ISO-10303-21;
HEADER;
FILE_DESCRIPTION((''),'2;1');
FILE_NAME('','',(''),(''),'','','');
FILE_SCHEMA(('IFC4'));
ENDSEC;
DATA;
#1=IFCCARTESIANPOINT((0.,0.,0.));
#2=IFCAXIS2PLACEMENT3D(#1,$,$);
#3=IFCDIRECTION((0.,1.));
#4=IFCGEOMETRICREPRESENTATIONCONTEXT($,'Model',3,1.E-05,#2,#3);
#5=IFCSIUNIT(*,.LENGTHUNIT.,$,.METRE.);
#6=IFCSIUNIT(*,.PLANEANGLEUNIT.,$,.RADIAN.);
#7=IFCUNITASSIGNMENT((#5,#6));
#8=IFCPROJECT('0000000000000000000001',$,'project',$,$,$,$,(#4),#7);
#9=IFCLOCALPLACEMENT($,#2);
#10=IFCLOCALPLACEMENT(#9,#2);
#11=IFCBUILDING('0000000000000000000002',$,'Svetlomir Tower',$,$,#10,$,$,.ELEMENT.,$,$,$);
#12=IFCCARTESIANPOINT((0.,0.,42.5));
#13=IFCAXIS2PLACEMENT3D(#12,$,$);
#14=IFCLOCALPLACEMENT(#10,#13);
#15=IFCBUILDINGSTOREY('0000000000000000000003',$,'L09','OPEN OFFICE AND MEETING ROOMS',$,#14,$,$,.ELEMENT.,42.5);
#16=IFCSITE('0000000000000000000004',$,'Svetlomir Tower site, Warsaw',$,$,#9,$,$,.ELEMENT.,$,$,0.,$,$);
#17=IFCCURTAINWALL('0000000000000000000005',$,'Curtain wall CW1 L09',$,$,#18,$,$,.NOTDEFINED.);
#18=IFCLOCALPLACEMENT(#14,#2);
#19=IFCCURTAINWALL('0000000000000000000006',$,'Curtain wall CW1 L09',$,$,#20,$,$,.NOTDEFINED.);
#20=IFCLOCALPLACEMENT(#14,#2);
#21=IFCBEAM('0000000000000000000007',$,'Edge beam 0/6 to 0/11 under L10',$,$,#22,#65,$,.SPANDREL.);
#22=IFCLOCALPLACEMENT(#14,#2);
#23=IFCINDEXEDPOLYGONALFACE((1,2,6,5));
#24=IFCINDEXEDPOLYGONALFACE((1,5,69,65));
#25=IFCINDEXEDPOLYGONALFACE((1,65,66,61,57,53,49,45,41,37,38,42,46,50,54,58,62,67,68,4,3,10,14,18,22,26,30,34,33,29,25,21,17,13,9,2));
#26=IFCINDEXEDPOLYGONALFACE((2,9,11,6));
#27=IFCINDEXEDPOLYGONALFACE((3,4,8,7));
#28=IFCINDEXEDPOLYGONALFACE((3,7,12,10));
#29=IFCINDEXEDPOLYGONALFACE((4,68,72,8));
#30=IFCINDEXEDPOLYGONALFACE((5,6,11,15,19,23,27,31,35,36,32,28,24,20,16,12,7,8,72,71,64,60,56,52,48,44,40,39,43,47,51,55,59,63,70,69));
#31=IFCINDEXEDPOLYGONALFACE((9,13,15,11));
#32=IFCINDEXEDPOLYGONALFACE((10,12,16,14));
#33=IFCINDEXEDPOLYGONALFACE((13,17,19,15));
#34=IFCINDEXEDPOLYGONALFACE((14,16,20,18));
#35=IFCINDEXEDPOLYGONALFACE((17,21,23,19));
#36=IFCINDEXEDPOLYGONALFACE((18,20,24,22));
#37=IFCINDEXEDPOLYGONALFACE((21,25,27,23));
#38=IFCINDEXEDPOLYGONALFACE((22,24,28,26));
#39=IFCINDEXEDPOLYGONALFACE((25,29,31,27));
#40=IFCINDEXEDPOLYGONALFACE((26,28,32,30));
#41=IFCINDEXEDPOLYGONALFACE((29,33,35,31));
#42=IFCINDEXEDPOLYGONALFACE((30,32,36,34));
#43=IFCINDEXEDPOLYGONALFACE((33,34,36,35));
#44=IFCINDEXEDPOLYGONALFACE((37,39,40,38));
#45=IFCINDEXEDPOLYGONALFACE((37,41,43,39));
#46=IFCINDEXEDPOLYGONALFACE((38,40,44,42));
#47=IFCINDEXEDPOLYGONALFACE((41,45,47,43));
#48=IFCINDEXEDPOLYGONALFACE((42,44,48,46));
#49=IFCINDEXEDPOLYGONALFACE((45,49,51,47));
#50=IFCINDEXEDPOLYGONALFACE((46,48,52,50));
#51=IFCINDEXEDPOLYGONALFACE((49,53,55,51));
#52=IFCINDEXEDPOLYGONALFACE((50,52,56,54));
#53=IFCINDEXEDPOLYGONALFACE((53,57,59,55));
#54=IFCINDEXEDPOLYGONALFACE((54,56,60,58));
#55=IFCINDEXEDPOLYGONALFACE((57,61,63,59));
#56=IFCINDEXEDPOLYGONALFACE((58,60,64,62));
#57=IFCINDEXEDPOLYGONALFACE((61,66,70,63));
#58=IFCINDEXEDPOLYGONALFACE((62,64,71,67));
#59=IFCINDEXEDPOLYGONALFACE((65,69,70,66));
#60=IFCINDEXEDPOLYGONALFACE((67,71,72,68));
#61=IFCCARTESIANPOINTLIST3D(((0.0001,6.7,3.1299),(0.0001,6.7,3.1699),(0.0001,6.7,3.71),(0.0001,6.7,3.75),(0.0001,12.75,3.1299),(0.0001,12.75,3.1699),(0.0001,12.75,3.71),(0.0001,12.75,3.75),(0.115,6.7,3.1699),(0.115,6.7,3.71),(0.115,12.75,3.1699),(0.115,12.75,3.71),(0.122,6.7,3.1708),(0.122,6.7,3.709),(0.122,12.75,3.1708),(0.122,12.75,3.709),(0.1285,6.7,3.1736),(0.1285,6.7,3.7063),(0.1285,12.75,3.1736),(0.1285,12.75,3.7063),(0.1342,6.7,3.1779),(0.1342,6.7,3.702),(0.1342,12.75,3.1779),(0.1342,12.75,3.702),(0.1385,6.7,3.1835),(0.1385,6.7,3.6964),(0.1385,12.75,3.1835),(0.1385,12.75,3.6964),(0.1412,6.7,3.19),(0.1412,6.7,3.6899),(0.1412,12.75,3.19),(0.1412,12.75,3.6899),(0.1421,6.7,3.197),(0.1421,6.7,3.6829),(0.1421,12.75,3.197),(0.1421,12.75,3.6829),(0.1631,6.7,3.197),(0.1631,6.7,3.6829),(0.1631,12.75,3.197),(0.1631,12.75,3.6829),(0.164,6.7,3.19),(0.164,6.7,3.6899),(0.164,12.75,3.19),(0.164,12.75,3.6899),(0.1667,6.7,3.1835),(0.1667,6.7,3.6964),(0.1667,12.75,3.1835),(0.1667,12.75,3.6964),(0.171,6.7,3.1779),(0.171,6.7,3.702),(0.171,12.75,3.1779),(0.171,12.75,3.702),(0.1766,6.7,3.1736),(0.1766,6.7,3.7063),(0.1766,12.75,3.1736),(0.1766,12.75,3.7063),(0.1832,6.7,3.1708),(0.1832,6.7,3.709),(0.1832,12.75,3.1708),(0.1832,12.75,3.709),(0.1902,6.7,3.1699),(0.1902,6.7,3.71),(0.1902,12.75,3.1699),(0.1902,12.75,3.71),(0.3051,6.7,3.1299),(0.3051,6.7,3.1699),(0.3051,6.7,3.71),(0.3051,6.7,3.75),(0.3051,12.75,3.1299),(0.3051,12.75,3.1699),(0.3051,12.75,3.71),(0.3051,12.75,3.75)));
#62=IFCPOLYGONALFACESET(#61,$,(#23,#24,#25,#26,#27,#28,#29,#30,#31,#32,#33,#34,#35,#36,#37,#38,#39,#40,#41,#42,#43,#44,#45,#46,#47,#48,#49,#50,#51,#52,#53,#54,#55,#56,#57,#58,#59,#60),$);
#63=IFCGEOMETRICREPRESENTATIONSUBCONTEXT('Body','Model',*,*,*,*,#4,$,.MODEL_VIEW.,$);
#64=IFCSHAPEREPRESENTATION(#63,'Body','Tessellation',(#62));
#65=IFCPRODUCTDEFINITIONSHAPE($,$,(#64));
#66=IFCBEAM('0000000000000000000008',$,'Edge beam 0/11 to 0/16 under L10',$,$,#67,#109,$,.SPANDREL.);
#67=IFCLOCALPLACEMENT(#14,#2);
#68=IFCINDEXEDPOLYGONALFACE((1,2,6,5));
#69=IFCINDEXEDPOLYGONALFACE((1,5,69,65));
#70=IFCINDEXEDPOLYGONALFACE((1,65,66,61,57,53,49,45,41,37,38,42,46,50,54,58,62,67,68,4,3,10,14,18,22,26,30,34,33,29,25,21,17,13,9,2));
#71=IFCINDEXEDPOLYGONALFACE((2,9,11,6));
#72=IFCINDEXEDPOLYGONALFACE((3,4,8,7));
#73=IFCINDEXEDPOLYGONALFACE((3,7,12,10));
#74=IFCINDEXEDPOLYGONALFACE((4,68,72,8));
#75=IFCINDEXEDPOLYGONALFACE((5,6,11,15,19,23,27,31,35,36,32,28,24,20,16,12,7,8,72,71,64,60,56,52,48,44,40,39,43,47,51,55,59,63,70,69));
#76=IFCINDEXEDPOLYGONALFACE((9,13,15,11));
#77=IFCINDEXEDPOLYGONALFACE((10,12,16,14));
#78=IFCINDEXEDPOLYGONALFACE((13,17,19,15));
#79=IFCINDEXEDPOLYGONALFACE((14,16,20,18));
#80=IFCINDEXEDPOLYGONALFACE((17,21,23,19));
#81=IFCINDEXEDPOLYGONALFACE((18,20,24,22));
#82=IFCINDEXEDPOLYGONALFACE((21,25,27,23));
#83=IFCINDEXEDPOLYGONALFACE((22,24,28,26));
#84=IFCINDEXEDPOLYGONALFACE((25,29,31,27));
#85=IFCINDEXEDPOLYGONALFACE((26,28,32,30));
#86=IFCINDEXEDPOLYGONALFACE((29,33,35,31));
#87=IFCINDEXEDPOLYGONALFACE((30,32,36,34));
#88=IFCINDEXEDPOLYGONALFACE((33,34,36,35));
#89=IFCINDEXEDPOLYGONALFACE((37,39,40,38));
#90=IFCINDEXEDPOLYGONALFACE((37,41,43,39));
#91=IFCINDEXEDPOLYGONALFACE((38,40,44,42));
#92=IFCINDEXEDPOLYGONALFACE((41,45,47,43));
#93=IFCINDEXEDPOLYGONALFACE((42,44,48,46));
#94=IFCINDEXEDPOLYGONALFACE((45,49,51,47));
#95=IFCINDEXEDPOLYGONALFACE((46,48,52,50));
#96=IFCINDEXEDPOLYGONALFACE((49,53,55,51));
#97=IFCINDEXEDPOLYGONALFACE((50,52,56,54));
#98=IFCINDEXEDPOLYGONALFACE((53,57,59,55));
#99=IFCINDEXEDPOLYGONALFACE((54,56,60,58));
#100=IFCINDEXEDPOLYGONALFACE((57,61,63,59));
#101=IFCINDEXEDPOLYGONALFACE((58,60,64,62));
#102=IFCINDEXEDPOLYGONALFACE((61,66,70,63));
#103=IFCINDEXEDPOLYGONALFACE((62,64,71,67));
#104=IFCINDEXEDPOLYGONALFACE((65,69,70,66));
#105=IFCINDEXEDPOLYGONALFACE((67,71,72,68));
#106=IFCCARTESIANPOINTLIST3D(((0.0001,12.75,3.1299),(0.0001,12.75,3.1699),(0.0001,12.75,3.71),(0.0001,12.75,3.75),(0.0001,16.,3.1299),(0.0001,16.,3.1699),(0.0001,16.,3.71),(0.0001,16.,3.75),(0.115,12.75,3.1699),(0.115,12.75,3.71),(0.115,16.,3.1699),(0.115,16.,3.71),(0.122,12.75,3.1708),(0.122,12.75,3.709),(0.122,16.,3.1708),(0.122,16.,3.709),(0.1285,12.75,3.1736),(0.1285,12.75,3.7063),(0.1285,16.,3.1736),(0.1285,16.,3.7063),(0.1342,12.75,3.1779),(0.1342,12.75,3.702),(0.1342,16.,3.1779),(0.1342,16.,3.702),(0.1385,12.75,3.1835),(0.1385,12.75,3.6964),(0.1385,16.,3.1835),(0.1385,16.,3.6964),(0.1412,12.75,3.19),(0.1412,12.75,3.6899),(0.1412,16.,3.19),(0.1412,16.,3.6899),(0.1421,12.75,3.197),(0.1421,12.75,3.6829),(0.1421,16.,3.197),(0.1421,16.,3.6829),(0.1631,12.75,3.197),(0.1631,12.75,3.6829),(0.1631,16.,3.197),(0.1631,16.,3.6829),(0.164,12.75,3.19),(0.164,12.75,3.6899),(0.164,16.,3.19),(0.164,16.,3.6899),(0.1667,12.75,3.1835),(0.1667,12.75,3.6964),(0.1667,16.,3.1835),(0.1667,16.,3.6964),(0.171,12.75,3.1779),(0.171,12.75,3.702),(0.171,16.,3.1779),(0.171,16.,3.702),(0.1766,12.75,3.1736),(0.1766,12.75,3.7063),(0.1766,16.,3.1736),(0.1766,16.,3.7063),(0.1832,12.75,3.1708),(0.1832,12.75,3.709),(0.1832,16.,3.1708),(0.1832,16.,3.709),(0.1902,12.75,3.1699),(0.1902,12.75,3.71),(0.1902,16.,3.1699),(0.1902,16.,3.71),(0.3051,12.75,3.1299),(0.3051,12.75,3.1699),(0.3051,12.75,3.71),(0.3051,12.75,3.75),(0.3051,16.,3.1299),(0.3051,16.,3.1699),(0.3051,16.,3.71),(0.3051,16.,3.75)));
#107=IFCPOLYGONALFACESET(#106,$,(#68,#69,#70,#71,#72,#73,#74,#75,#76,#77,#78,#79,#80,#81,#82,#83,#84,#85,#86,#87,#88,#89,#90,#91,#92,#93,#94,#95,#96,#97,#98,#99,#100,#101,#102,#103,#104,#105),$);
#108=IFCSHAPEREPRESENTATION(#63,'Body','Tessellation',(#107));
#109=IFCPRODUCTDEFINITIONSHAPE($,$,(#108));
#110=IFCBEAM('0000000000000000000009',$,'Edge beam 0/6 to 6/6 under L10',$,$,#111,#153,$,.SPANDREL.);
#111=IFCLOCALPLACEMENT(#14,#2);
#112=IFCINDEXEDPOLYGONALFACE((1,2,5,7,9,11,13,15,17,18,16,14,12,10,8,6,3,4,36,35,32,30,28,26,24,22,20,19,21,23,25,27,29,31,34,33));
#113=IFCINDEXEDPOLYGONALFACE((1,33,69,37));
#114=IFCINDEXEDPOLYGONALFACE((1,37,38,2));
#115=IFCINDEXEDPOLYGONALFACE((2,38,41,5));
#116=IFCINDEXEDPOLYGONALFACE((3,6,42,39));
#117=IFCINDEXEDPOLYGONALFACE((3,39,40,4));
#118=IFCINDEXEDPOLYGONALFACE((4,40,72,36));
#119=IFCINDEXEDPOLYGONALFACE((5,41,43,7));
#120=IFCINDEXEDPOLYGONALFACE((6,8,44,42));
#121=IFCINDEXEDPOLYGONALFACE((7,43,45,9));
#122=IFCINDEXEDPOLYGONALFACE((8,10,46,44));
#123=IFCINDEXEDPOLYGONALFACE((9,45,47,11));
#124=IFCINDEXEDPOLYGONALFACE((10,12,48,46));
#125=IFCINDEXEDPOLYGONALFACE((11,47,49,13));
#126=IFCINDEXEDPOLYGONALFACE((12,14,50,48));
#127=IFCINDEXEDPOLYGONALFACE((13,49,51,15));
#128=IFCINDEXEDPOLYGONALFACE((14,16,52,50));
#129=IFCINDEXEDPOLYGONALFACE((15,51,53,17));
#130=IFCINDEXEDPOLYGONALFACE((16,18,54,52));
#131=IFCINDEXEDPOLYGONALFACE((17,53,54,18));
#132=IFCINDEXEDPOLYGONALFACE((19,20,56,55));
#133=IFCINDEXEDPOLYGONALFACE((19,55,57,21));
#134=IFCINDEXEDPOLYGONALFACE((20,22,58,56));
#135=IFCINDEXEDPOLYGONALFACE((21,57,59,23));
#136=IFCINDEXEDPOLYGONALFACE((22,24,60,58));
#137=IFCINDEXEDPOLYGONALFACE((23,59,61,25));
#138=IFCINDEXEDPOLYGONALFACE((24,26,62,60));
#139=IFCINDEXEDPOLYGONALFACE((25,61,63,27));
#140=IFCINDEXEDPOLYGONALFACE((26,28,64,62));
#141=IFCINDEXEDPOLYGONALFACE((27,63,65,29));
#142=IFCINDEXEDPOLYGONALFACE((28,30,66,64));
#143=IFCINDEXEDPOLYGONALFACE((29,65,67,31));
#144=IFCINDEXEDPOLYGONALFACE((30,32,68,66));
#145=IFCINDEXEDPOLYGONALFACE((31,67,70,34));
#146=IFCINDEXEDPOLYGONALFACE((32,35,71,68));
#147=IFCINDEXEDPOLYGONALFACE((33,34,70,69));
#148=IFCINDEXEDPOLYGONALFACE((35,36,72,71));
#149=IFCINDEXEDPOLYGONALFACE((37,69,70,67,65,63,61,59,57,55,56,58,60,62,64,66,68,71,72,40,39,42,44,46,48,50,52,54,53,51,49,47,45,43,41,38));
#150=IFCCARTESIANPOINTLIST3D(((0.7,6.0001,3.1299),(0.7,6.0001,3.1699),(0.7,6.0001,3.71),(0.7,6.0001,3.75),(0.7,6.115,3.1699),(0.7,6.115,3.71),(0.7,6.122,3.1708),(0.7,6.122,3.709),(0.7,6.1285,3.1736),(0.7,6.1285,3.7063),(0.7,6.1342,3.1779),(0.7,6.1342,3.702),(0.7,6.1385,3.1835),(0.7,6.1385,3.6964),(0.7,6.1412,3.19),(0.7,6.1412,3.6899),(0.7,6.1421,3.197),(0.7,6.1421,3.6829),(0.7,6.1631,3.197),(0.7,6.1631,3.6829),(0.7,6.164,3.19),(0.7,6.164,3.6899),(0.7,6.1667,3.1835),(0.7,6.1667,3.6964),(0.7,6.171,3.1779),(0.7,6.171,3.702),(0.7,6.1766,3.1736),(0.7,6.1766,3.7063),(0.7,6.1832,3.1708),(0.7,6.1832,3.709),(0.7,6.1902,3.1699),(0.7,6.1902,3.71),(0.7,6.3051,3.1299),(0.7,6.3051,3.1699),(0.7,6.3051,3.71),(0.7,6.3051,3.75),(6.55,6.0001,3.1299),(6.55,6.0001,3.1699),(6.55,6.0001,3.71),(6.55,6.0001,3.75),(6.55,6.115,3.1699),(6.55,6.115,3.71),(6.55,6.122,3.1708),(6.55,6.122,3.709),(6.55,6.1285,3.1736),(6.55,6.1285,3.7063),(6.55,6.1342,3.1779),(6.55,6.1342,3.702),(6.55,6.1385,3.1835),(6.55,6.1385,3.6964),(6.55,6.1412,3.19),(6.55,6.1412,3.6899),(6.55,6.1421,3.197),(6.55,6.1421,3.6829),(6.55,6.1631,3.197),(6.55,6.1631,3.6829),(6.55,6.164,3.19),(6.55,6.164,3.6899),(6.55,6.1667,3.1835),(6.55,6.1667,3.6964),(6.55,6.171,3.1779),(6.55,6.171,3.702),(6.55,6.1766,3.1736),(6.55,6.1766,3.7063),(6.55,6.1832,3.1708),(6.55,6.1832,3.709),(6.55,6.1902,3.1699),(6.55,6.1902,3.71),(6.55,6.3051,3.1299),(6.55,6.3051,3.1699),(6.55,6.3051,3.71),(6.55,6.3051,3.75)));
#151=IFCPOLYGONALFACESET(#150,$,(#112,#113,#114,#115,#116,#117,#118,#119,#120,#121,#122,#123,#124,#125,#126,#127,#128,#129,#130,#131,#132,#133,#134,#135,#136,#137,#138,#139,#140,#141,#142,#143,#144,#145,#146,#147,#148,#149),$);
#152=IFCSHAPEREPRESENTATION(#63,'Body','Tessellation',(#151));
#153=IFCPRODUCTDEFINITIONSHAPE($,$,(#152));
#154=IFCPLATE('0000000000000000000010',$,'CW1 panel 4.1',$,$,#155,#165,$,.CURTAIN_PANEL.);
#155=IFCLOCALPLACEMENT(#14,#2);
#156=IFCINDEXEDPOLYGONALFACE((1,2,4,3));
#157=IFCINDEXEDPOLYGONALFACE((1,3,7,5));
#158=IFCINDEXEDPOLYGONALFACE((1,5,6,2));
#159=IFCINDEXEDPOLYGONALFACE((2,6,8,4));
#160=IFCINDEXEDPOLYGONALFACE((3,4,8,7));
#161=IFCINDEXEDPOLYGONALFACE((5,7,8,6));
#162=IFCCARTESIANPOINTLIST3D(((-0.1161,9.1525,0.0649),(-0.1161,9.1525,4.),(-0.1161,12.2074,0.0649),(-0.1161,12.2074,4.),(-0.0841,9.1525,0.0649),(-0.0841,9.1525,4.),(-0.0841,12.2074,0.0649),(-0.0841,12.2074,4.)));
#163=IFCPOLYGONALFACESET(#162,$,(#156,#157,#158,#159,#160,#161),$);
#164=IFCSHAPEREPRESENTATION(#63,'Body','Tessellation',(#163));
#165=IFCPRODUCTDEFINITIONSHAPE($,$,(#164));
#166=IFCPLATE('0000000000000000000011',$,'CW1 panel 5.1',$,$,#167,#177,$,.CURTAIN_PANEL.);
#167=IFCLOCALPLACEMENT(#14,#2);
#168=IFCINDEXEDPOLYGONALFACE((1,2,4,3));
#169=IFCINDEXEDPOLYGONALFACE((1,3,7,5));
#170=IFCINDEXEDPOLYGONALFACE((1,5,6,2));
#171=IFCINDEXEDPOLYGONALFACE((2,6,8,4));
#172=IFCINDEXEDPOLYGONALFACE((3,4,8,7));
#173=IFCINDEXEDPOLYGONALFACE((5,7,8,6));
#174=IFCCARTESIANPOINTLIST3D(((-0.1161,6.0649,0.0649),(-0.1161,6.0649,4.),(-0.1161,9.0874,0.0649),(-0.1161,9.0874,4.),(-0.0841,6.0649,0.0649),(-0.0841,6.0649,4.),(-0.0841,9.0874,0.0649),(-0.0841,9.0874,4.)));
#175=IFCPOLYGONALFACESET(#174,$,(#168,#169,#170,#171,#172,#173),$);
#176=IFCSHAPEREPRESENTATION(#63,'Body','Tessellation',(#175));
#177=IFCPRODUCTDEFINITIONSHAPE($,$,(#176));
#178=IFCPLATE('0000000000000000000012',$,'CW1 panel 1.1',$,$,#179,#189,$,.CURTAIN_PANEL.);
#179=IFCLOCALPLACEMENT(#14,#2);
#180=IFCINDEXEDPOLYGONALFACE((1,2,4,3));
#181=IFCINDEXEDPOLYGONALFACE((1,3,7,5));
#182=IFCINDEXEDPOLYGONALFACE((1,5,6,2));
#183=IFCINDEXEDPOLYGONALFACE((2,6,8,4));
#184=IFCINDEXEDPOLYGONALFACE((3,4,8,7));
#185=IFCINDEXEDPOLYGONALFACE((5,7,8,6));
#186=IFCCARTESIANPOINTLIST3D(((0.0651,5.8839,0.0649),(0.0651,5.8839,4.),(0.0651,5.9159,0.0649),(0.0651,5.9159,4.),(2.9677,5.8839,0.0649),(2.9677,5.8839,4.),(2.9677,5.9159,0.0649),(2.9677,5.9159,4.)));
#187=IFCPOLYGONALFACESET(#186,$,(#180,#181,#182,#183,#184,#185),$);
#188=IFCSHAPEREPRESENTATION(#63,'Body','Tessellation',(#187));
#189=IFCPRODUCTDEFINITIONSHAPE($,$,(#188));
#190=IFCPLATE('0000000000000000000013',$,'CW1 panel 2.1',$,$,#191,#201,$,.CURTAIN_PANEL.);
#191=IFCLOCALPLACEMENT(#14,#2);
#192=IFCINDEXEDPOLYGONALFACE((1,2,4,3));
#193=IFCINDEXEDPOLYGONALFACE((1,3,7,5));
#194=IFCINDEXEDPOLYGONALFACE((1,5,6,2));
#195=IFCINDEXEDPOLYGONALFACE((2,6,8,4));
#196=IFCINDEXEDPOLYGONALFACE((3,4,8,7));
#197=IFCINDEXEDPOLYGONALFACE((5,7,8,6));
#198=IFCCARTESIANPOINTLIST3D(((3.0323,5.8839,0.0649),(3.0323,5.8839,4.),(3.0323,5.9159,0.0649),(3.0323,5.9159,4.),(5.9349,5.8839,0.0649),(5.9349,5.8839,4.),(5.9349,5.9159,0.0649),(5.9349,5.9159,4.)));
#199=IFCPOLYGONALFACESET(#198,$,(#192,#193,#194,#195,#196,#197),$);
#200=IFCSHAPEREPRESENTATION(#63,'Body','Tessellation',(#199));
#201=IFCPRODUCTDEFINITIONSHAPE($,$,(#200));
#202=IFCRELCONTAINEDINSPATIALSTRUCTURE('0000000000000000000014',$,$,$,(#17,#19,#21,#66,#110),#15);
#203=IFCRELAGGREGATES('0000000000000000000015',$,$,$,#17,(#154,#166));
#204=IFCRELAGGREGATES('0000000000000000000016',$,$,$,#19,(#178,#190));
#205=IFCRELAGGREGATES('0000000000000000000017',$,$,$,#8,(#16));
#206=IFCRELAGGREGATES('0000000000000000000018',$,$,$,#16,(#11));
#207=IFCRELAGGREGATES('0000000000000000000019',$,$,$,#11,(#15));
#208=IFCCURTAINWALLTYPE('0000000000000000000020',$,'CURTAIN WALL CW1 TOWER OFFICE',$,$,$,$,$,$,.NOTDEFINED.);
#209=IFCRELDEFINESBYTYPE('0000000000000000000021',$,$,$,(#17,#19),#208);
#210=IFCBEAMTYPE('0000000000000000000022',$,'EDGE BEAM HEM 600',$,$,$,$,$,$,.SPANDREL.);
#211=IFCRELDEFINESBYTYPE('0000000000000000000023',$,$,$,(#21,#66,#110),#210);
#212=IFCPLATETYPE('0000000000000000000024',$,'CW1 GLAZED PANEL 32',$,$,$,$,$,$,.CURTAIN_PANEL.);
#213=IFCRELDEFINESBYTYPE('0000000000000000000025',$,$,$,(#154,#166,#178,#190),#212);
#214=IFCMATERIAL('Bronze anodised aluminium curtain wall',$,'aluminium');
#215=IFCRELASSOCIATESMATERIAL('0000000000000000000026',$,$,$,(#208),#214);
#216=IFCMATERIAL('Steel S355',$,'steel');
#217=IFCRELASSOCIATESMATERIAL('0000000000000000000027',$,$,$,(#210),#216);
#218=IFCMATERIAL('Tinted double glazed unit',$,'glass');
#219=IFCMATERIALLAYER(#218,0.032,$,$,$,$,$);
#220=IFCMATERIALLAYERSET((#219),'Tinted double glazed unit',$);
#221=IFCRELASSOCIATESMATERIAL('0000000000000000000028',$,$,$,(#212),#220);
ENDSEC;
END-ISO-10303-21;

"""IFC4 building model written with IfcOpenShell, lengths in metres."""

from ifc_helpers import new_model, si_unit, direction, frame, origin, origin_2d, place, context, subcontext, project, spatial, rectangle, i_section, extrude, material, layer, layer_set, material_profile, profile_set, type_object, element, aggregate, save


model = new_model("IFC4")

# Units and contexts
model_context = context("Model", 3, precision=1e-05, world=origin(), true_north=direction((0.0, 1.0)))
body_context = subcontext(model_context, "Body", "Model", "MODEL_VIEW")
ifc_project = project(units=[si_unit("LENGTHUNIT", "METRE"), si_unit("PLANEANGLEUNIT", "RADIAN")], contexts=[model_context])

# Site, building, storey
site_placement = place(None, origin())
site = spatial("IfcSite", under=ifc_project, at=site_placement, Name="Svetlomir Tower site, Warsaw", CompositionType="ELEMENT", RefElevation=0.0)
building_placement = place(site_placement, origin())
building = spatial("IfcBuilding", under=site, at=building_placement, Name="Svetlomir Tower", CompositionType="ELEMENT")
storey_placement = place(building_placement, frame((0.0, 0.0, 42.5)))
storey = spatial("IfcBuildingStorey", under=building, at=storey_placement, Name="L09", Description="OPEN OFFICE AND MEETING ROOMS", CompositionType="ELEMENT", Elevation=42.5)

# Curtain walls
ifc_material_1 = material(Name="Bronze anodised aluminium curtain wall", Category="aluminium")
curtain_wall_type = type_object("IfcCurtainWallType", Name="CURTAIN WALL CW1 TOWER OFFICE", PredefinedType="NOTDEFINED", material=ifc_material_1)
curtain_wall_1_placement = place(storey_placement, origin())
curtain_wall_1 = element("IfcCurtainWall", 1, at=curtain_wall_1_placement, inside=storey, type_object=curtain_wall_type, Name="Curtain wall CW1 L09", PredefinedType="NOTDEFINED")
curtain_wall_2_placement = place(storey_placement, origin())
curtain_wall_2 = element("IfcCurtainWall", 2, at=curtain_wall_2_placement, inside=storey, type_object=curtain_wall_type, Name="Curtain wall CW1 L09", PredefinedType="NOTDEFINED")

# Beams
ifc_material_2 = material(Name="Steel S355", Category="steel")
ifc_material_profile_1 = material_profile(ifc_material_2, i_section(OverallWidth=0.3049, OverallDepth=0.6201, WebThickness=0.021, FlangeThickness=0.04, FilletRadius=0.0271, at=origin_2d()), Name="HEM 600")
ifc_profile_set_1 = profile_set([ifc_material_profile_1], Name="Steel S355")
beam_type = type_object("IfcBeamType", Name="EDGE BEAM HEM 600", PredefinedType="SPANDREL", material=ifc_profile_set_1)
beam_1_placement = place(storey_placement, frame((0.1526, 6.7, 3.4399), z_axis=(0.0, 1.0, 0.0), x_axis=(-1.0, 0.0, 0.0)))
element("IfcBeam", 3, at=beam_1_placement, inside=storey, type_object=beam_type, Name="Edge beam 0/6 to 0/11 under L10", PredefinedType="SPANDREL", context=body_context, shape_type="SweptSolid", body=[
    extrude(i_section(OverallWidth=0.3049, OverallDepth=0.6201, WebThickness=0.021, FlangeThickness=0.04, FilletRadius=0.0271, at=origin_2d()), origin(), (0.0, 0.0, 1.0), 6.05),
])
beam_2_placement = place(storey_placement, frame((0.1526, 12.75, 3.4399), z_axis=(0.0, 1.0, 0.0), x_axis=(-1.0, 0.0, 0.0)))
element("IfcBeam", 4, at=beam_2_placement, inside=storey, type_object=beam_type, Name="Edge beam 0/11 to 0/16 under L10", PredefinedType="SPANDREL", context=body_context, shape_type="SweptSolid", body=[
    extrude(i_section(OverallWidth=0.3049, OverallDepth=0.6201, WebThickness=0.021, FlangeThickness=0.04, FilletRadius=0.0271, at=origin_2d()), origin(), (0.0, 0.0, 1.0), 3.25),
])
beam_3_placement = place(storey_placement, frame((0.7, 6.1526, 3.4399), z_axis=(1.0, 0.0, 0.0), x_axis=(0.0, 1.0, 0.0)))
element("IfcBeam", 5, at=beam_3_placement, inside=storey, type_object=beam_type, Name="Edge beam 0/6 to 6/6 under L10", PredefinedType="SPANDREL", context=body_context, shape_type="SweptSolid", body=[
    extrude(i_section(OverallWidth=0.3049, OverallDepth=0.6201, WebThickness=0.021, FlangeThickness=0.04, FilletRadius=0.0271, at=origin_2d()), origin(), (0.0, 0.0, 1.0), 5.8501),
])

# Plates
ifc_material_3 = material(Name="Tinted double glazed unit", Category="glass")
ifc_layer_1 = layer(ifc_material_3, 0.032)
ifc_layer_set_1 = layer_set([ifc_layer_1], Name="Tinted double glazed unit")
plate_type = type_object("IfcPlateType", Name="CW1 GLAZED PANEL 32", PredefinedType="CURTAIN_PANEL", material=ifc_layer_set_1)
plate_1_placement = place(storey_placement, frame((-0.1001, 10.6799, 0.0649), z_axis=(0.0, 0.0, 1.0), x_axis=(0.0, -1.0, 0.0)))
plate_1 = element("IfcPlate", 6, at=plate_1_placement, type_object=plate_type, Name="CW1 panel 4.1", PredefinedType="CURTAIN_PANEL", context=body_context, shape_type="SweptSolid", body=[
    extrude(rectangle(XDim=3.0549, YDim=0.032, at=origin_2d()), origin(), (0.0, 0.0, 1.0), 3.9351),
])
plate_2_placement = place(storey_placement, frame((-0.1001, 7.5762, 0.0649), z_axis=(0.0, 0.0, 1.0), x_axis=(0.0, -1.0, 0.0)))
plate_2 = element("IfcPlate", 7, at=plate_2_placement, type_object=plate_type, Name="CW1 panel 5.1", PredefinedType="CURTAIN_PANEL", context=body_context, shape_type="SweptSolid", body=[
    extrude(rectangle(XDim=3.0225, YDim=0.032, at=origin_2d()), origin(), (0.0, 0.0, 1.0), 3.9351),
])
aggregate(curtain_wall_1, [plate_1, plate_2])
plate_3_placement = place(storey_placement, frame((1.5164, 5.8999, 0.0649), z_axis=(0.0, 0.0, 1.0), x_axis=(1.0, 0.0, 0.0)))
plate_3 = element("IfcPlate", 8, at=plate_3_placement, type_object=plate_type, Name="CW1 panel 1.1", PredefinedType="CURTAIN_PANEL", context=body_context, shape_type="SweptSolid", body=[
    extrude(rectangle(XDim=2.9026, YDim=0.032, at=origin_2d()), origin(), (0.0, 0.0, 1.0), 3.9351),
])
plate_4_placement = place(storey_placement, frame((4.4836, 5.8999, 0.0649), z_axis=(0.0, 0.0, 1.0), x_axis=(1.0, 0.0, 0.0)))
plate_4 = element("IfcPlate", 9, at=plate_4_placement, type_object=plate_type, Name="CW1 panel 2.1", PredefinedType="CURTAIN_PANEL", context=body_context, shape_type="SweptSolid", body=[
    extrude(rectangle(XDim=2.9026, YDim=0.032, at=origin_2d()), origin(), (0.0, 0.0, 1.0), 3.9351),
])
aggregate(curtain_wall_2, [plate_3, plate_4])

save(model, "model.ifc")
